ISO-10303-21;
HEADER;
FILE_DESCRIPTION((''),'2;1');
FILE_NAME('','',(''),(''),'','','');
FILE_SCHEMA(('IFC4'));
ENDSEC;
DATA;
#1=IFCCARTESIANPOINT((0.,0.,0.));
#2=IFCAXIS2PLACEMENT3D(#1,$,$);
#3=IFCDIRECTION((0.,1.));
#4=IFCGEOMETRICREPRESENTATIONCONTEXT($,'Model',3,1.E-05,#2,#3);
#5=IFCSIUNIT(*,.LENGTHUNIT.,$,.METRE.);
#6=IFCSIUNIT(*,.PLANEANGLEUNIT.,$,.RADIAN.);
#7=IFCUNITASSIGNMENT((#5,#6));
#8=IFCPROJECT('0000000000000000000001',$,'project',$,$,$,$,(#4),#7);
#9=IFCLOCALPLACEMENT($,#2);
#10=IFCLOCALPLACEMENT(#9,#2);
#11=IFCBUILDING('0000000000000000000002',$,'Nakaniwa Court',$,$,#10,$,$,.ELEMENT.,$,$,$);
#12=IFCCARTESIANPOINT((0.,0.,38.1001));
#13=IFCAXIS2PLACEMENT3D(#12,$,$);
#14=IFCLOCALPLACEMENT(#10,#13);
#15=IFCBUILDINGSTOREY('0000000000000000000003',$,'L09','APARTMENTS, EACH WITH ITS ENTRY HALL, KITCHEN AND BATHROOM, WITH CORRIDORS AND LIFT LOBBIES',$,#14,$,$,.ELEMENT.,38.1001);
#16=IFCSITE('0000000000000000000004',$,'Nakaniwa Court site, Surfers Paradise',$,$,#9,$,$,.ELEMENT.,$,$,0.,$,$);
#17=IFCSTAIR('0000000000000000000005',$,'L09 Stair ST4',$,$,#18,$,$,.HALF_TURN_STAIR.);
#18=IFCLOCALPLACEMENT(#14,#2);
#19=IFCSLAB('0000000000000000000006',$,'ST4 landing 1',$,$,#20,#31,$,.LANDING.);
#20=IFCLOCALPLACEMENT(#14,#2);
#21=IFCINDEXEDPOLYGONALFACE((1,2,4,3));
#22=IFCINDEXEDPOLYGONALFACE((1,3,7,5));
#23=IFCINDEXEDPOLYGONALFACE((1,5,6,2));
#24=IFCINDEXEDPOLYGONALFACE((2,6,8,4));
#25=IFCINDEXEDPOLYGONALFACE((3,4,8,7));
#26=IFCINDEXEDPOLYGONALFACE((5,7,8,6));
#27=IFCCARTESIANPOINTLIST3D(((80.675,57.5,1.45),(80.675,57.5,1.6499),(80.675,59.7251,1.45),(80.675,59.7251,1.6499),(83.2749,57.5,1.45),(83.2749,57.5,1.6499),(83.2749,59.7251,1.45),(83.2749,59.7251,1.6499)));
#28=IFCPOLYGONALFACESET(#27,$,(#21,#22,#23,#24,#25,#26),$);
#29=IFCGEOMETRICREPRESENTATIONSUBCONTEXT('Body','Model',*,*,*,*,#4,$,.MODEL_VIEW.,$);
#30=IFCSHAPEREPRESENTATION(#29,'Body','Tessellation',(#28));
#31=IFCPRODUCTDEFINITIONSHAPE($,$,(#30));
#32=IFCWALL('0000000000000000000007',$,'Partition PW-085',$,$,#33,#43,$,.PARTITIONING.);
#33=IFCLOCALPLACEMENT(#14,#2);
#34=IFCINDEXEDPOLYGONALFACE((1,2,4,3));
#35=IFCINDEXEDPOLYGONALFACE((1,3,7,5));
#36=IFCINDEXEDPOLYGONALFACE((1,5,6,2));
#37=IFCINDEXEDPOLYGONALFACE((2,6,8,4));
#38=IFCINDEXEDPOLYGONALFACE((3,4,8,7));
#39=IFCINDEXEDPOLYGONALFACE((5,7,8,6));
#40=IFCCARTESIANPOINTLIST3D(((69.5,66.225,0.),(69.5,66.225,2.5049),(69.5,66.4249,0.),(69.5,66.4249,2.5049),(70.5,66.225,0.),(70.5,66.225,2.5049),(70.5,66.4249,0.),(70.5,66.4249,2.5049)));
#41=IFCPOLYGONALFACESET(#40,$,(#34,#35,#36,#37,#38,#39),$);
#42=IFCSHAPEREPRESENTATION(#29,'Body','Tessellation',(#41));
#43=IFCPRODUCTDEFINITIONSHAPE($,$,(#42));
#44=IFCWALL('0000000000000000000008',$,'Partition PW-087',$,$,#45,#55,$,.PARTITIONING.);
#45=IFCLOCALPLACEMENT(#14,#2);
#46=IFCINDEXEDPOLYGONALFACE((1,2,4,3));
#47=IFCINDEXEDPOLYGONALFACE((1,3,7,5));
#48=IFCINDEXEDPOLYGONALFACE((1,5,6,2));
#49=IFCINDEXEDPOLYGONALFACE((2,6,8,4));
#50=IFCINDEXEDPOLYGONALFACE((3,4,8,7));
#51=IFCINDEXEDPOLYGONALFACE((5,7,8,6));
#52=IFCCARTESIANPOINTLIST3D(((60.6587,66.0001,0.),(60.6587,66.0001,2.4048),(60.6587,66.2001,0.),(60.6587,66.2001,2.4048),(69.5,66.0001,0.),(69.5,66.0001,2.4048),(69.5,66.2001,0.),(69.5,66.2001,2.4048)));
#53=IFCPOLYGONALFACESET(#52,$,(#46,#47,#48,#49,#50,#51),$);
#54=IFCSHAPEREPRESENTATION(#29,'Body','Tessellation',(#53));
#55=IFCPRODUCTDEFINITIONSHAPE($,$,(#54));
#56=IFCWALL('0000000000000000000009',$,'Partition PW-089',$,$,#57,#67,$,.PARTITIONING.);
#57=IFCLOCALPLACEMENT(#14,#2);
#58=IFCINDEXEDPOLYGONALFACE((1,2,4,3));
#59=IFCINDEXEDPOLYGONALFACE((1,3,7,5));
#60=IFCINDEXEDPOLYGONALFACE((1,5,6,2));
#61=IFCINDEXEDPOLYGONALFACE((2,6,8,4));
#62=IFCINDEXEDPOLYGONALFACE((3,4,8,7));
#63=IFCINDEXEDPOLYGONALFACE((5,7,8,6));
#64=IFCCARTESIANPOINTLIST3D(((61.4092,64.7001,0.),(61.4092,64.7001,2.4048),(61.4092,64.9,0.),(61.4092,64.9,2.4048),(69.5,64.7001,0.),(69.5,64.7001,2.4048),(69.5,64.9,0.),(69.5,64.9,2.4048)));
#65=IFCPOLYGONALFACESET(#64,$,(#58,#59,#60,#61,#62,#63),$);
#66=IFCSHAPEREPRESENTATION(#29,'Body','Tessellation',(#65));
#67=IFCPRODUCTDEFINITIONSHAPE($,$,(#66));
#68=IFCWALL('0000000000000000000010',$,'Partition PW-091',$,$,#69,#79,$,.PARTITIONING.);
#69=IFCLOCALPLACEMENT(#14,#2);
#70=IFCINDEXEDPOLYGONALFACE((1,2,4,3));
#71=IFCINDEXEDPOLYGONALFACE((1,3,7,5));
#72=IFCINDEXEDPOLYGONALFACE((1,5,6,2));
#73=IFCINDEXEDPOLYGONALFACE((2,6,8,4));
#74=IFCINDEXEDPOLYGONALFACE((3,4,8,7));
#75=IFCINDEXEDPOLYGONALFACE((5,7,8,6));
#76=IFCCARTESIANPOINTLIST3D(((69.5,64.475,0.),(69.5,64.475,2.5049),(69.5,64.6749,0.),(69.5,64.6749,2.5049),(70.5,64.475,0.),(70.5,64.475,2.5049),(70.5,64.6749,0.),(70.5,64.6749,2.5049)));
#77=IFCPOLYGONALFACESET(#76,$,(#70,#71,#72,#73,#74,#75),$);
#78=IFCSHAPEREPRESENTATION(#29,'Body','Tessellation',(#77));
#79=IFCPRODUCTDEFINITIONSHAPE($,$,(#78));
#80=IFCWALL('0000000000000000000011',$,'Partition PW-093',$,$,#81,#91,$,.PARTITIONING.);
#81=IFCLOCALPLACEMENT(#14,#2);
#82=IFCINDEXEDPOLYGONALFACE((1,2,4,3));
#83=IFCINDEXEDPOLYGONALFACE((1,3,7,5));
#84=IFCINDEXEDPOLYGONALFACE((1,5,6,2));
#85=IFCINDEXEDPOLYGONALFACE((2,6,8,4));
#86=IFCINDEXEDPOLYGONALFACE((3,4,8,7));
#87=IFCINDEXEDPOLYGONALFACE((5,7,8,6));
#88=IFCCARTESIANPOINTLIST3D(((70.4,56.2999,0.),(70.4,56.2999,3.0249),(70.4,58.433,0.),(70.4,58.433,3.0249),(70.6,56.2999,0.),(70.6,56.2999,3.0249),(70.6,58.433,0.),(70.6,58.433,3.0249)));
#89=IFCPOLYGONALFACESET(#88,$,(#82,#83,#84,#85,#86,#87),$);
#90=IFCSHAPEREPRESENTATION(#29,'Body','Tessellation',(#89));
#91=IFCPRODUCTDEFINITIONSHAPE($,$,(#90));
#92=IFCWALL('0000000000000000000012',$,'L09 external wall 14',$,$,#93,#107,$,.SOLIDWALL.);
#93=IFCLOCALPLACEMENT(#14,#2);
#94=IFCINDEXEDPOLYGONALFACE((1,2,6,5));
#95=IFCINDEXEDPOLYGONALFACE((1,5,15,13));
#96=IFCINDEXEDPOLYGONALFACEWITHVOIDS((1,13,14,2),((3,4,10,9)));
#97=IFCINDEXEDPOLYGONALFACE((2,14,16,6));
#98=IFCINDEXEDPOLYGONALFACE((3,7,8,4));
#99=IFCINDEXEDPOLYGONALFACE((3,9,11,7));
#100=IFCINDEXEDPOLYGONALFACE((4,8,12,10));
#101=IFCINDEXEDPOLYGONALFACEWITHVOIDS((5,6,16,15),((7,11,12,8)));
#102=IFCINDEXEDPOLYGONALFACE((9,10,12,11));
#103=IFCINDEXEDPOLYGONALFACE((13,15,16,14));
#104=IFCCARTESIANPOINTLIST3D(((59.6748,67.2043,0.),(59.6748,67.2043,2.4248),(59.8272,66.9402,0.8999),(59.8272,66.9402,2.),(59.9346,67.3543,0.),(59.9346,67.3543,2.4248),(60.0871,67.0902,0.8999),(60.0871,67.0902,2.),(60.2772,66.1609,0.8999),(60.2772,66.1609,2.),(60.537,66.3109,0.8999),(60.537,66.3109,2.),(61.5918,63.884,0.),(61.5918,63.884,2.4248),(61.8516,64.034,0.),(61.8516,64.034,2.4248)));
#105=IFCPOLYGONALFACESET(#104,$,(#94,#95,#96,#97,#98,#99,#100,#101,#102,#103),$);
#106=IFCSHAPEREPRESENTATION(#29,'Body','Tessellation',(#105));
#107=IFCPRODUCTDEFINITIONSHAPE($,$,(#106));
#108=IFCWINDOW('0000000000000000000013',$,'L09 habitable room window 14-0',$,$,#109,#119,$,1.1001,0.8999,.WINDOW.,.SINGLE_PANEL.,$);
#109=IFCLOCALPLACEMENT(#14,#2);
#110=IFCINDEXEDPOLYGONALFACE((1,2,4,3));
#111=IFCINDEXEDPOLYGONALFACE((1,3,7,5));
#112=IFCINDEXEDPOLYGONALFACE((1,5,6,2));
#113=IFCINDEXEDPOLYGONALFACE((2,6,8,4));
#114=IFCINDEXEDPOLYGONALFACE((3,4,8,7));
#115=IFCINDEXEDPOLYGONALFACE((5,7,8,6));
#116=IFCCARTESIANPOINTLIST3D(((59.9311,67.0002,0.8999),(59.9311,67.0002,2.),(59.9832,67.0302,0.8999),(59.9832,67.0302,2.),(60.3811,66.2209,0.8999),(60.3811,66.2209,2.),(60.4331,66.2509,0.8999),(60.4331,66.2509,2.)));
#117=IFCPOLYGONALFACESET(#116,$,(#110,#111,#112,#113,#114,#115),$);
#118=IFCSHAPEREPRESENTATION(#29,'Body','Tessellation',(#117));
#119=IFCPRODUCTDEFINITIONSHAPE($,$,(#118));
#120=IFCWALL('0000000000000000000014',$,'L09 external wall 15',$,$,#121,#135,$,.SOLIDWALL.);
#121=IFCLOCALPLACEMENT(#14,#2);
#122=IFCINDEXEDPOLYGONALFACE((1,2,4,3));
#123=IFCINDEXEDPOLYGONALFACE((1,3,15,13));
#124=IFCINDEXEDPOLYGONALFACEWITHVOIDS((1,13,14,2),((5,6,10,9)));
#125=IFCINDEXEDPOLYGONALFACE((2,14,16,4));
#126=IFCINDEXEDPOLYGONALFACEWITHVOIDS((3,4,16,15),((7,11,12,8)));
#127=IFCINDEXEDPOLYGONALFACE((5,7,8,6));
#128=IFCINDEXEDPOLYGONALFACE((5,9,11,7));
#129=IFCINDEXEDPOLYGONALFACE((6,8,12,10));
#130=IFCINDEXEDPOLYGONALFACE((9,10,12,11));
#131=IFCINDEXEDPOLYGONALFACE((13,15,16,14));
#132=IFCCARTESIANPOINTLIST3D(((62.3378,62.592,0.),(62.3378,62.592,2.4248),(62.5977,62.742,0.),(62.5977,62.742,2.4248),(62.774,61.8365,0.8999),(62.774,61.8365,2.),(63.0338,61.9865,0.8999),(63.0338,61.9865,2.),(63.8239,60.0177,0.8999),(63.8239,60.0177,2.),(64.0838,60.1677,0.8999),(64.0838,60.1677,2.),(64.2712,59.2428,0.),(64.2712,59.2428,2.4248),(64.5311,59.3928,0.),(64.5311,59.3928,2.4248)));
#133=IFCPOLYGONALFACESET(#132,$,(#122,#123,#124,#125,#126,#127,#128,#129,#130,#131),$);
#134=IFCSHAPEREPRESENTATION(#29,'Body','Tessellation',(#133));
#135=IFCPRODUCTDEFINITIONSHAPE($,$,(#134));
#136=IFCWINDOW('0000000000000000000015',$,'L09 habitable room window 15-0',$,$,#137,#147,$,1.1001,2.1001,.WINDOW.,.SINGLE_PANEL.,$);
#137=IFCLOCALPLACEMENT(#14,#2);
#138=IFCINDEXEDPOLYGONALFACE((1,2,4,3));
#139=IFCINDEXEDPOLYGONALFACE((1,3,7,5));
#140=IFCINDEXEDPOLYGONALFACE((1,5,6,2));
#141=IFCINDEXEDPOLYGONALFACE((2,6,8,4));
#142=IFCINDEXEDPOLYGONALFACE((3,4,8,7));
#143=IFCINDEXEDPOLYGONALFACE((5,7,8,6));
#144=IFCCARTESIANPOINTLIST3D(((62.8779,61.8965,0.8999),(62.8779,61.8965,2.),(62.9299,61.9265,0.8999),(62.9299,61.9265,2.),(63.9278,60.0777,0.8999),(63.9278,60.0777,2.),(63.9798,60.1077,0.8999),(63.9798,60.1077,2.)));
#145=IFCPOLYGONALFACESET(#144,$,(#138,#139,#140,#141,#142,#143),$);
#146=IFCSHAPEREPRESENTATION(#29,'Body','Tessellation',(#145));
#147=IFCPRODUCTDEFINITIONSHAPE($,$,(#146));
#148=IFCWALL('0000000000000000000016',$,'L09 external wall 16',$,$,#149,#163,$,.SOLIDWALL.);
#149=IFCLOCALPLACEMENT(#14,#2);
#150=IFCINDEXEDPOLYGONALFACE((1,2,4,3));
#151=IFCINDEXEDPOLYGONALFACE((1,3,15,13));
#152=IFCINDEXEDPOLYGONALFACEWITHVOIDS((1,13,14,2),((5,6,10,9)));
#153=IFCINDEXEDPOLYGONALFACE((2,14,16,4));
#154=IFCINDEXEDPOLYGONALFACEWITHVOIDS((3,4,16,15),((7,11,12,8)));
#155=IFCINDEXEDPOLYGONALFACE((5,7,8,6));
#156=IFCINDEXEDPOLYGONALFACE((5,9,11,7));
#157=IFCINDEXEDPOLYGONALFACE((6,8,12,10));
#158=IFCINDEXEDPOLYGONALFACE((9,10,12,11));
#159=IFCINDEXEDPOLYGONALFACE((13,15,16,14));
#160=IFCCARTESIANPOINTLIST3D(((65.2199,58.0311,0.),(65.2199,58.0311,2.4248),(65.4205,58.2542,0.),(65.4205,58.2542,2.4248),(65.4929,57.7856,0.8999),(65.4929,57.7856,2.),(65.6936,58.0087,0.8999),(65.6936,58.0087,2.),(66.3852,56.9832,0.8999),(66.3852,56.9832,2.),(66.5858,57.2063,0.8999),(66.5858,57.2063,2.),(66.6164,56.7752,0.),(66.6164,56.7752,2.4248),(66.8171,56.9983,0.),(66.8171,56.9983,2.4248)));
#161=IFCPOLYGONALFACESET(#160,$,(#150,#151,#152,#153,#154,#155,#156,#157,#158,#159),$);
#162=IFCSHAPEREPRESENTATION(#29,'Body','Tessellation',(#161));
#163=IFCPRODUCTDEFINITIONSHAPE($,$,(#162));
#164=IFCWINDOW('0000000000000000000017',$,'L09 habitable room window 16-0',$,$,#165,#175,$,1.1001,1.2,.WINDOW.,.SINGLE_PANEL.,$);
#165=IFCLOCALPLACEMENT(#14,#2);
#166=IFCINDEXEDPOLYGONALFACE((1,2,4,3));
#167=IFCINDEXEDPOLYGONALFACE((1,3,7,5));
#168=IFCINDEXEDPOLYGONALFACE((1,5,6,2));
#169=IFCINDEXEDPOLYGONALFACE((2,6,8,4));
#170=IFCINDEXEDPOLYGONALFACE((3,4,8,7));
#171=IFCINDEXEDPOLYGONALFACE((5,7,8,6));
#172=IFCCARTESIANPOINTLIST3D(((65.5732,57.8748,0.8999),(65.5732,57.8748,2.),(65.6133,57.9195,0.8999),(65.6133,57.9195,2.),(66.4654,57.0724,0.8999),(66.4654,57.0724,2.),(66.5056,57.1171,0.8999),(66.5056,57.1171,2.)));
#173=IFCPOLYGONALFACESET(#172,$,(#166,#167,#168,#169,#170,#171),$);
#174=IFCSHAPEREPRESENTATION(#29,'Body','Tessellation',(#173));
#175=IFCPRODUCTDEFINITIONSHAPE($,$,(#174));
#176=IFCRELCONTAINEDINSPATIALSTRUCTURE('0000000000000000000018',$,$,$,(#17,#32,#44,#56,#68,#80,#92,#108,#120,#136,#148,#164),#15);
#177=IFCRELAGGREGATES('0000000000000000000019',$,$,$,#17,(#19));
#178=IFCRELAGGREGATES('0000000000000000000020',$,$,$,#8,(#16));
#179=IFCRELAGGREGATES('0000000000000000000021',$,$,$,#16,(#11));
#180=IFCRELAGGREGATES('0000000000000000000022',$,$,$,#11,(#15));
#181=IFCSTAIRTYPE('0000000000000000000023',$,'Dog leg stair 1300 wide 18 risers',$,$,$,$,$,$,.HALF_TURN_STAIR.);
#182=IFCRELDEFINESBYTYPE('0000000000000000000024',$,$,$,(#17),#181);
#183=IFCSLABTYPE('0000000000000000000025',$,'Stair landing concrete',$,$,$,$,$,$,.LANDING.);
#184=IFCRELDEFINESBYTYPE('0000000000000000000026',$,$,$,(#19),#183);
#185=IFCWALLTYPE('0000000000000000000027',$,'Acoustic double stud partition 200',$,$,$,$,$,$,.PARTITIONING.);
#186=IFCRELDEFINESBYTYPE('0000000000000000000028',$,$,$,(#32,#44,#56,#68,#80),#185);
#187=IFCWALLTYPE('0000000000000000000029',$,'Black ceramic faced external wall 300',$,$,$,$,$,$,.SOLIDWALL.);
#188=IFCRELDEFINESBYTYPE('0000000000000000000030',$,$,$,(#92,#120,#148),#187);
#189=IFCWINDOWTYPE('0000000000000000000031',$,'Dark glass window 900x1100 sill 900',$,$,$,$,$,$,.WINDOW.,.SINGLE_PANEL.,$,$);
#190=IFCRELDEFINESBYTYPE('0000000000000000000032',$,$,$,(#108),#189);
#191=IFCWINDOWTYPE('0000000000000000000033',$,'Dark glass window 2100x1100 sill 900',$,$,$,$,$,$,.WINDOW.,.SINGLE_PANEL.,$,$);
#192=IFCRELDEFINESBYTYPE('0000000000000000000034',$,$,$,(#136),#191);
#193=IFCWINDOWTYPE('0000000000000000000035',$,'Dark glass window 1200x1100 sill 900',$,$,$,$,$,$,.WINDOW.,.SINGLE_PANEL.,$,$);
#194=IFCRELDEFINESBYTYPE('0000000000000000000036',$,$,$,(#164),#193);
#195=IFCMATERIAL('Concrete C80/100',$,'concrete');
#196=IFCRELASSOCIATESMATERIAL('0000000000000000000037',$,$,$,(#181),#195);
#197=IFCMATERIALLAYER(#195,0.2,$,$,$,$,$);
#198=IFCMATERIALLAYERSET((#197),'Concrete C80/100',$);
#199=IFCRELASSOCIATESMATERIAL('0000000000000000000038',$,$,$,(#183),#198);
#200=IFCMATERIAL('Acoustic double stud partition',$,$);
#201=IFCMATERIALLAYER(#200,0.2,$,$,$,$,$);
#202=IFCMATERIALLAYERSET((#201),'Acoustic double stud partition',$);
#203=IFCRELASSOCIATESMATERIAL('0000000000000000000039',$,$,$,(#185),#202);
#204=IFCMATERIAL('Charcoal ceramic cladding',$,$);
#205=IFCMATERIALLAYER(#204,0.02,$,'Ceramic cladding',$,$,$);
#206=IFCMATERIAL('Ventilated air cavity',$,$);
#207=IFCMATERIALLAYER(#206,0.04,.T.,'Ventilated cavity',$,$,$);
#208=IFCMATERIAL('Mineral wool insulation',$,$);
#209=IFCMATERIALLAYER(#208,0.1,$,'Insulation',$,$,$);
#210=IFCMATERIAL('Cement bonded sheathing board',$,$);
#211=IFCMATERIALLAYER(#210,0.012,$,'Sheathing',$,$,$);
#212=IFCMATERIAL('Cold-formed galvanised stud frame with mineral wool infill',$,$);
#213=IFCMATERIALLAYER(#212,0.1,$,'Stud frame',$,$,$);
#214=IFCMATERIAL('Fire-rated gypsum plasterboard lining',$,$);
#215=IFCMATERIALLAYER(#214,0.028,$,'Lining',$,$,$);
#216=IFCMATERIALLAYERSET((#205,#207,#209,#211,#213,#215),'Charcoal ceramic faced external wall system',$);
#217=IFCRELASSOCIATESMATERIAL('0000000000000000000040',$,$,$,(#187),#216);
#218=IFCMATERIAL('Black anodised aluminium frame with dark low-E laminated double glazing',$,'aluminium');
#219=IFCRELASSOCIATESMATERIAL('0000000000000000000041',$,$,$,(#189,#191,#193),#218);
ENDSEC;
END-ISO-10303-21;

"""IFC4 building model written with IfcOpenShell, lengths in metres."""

from ifc_helpers import new_model, si_unit, direction, frame, frame_2d, origin, place, context, subcontext, project, spatial, polyline, rectangle, outline, extrude, material, layer, layer_set, type_object, element, fill, aggregate, save


model = new_model("IFC4")

# Units and contexts
model_context = context("Model", 3, precision=1e-05, world=origin(), true_north=direction((0.0, 1.0)))
body_context = subcontext(model_context, "Body", "Model", "MODEL_VIEW")
ifc_project = project(units=[si_unit("LENGTHUNIT", "METRE"), si_unit("PLANEANGLEUNIT", "RADIAN")], contexts=[model_context])

# Site, building, storey
site_placement = place(None, origin())
site = spatial("IfcSite", under=ifc_project, at=site_placement, Name="Nakaniwa Court site, Surfers Paradise", CompositionType="ELEMENT", RefElevation=0.0)
building_placement = place(site_placement, origin())
building = spatial("IfcBuilding", under=site, at=building_placement, Name="Nakaniwa Court", CompositionType="ELEMENT")
storey_placement = place(building_placement, frame((0.0, 0.0, 38.1001)))
storey = spatial("IfcBuildingStorey", under=building, at=storey_placement, Name="L09", Description="APARTMENTS, EACH WITH ITS ENTRY HALL, KITCHEN AND BATHROOM, WITH CORRIDORS AND LIFT LOBBIES", CompositionType="ELEMENT", Elevation=38.1001)

# Stair, slab
ifc_material_1 = material(Name="Concrete C80/100", Category="concrete")
stair_type = type_object("IfcStairType", Name="Dog leg stair 1300 wide 18 risers", PredefinedType="HALF_TURN_STAIR", material=ifc_material_1)
ifc_layer_1 = layer(ifc_material_1, 0.2)
ifc_layer_set_1 = layer_set([ifc_layer_1], Name="Concrete C80/100")
slab_type_1 = type_object("IfcSlabType", Name="Stair landing concrete", PredefinedType="LANDING", material=ifc_layer_set_1)
stair_1_placement = place(storey_placement, origin())
stair_1 = element("IfcStair", 1, at=stair_1_placement, inside=storey, type_object=stair_type, Name="L09 Stair ST4", PredefinedType="HALF_TURN_STAIR")
slab_1_placement = place(storey_placement, frame((0.0, 0.0, 1.45)))
slab_1 = element("IfcSlab", 2, at=slab_1_placement, type_object=slab_type_1, Name="ST4 landing 1", PredefinedType="LANDING", context=body_context, shape_type="SweptSolid", body=[
    extrude(outline(polyline([(83.2749, 57.5), (83.2749, 59.7251), (80.675, 59.7251), (80.675, 57.5), (83.2749, 57.5)])), origin(), (0.0, 0.0, 1.0), 0.2),
])
aggregate(stair_1, [slab_1])

# Walls
ifc_material_2 = material(Name="Acoustic double stud partition")
ifc_layer_2 = layer(ifc_material_2, 0.2)
ifc_layer_set_2 = layer_set([ifc_layer_2], Name="Acoustic double stud partition")
wall_type_1 = type_object("IfcWallType", Name="Acoustic double stud partition 200", PredefinedType="PARTITIONING", material=ifc_layer_set_2)
wall_1_placement = place(storey_placement, frame((69.5, 66.325, 0.0), z_axis=(0.0, 0.0, 1.0), x_axis=(1.0, 0.0, 0.0)))
element("IfcWall", 3, at=wall_1_placement, inside=storey, type_object=wall_type_1, Name="Partition PW-085", PredefinedType="PARTITIONING", context=body_context, shape_type="SweptSolid", body=[
    extrude(rectangle(XDim=1.0, YDim=0.2, at=frame_2d((0.5, 0.0))), origin(), (0.0, 0.0, 1.0), 2.5049),
])
wall_2_placement = place(storey_placement, frame((60.6587, 66.1001, 0.0), z_axis=(0.0, 0.0, 1.0), x_axis=(1.0, 0.0, 0.0)))
element("IfcWall", 4, at=wall_2_placement, inside=storey, type_object=wall_type_1, Name="Partition PW-087", PredefinedType="PARTITIONING", context=body_context, shape_type="SweptSolid", body=[
    extrude(rectangle(XDim=8.8413, YDim=0.2, at=frame_2d((4.4207, 0.0))), origin(), (0.0, 0.0, 1.0), 2.4048),
])
wall_3_placement = place(storey_placement, frame((61.4092, 64.8, 0.0), z_axis=(0.0, 0.0, 1.0), x_axis=(1.0, 0.0, 0.0)))
element("IfcWall", 5, at=wall_3_placement, inside=storey, type_object=wall_type_1, Name="Partition PW-089", PredefinedType="PARTITIONING", context=body_context, shape_type="SweptSolid", body=[
    extrude(rectangle(XDim=8.0908, YDim=0.2, at=frame_2d((4.0454, 0.0))), origin(), (0.0, 0.0, 1.0), 2.4048),
])
wall_4_placement = place(storey_placement, frame((69.5, 64.575, 0.0), z_axis=(0.0, 0.0, 1.0), x_axis=(1.0, 0.0, 0.0)))
element("IfcWall", 6, at=wall_4_placement, inside=storey, type_object=wall_type_1, Name="Partition PW-091", PredefinedType="PARTITIONING", context=body_context, shape_type="SweptSolid", body=[
    extrude(rectangle(XDim=1.0, YDim=0.2, at=frame_2d((0.5, 0.0))), origin(), (0.0, 0.0, 1.0), 2.5049),
])
wall_5_placement = place(storey_placement, frame((70.5, 56.3, 0.0), z_axis=(0.0, 0.0, 1.0), x_axis=(0.0, 1.0, 0.0)))
element("IfcWall", 7, at=wall_5_placement, inside=storey, type_object=wall_type_1, Name="Partition PW-093", PredefinedType="PARTITIONING", context=body_context, shape_type="SweptSolid", body=[
    extrude(rectangle(XDim=2.1331, YDim=0.2, at=frame_2d((1.0664, 0.0))), origin(), (0.0, 0.0, 1.0), 3.0249),
])

# Walls, openings, windows
ifc_material_3 = material(Name="Charcoal ceramic cladding")
ifc_layer_3 = layer(ifc_material_3, 0.02, Name="Ceramic cladding")
ifc_material_4 = material(Name="Ventilated air cavity")
ifc_layer_4 = layer(ifc_material_4, 0.04, ventilated=True, Name="Ventilated cavity")
ifc_material_5 = material(Name="Mineral wool insulation")
ifc_layer_5 = layer(ifc_material_5, 0.1, Name="Insulation")
ifc_material_6 = material(Name="Cement bonded sheathing board")
ifc_layer_6 = layer(ifc_material_6, 0.012, Name="Sheathing")
ifc_material_7 = material(Name="Cold-formed galvanised stud frame with mineral wool infill")
ifc_layer_7 = layer(ifc_material_7, 0.1, Name="Stud frame")
ifc_material_8 = material(Name="Fire-rated gypsum plasterboard lining")
ifc_layer_8 = layer(ifc_material_8, 0.028, Name="Lining")
ifc_layer_set_3 = layer_set([ifc_layer_3, ifc_layer_4, ifc_layer_5, ifc_layer_6, ifc_layer_7, ifc_layer_8], Name="Charcoal ceramic faced external wall system")
wall_type_2 = type_object("IfcWallType", Name="Black ceramic faced external wall 300", PredefinedType="SOLIDWALL", material=ifc_layer_set_3)
wall_6_placement = place(storey_placement, frame((59.8047, 67.2793, 0.0), z_axis=(0.0, 0.0, 1.0), x_axis=(0.500002, -0.866024, 0.0)))
wall_6 = element("IfcWall", 8, at=wall_6_placement, inside=storey, type_object=wall_type_2, Name="L09 external wall 14", PredefinedType="SOLIDWALL", context=body_context, shape_type="SweptSolid", body=[
    extrude(rectangle(XDim=3.834, YDim=0.3, at=frame_2d((1.917, 0.0))), origin(), (0.0, 0.0, 1.0), 2.4248),
])
opening_1_placement = place(wall_6_placement, frame((0.3049, 0.0, 0.8999)))
opening_1 = element("IfcOpeningElement", 9, at=opening_1_placement, cuts=wall_6, PredefinedType="OPENING", context=body_context, shape_type="SweptSolid", body=[
    extrude(rectangle(XDim=0.8999, YDim=1.1001, at=frame_2d((0.45, 0.55))), frame((0.0, 0.1599, 0.0), z_axis=(0.0, -1.0, 0.0), x_axis=(1.0, 0.0, 0.0)), (0.0, 0.0, 1.0), 0.3201),
])
ifc_material_9 = material(Name="Black anodised aluminium frame with dark low-E laminated double glazing", Category="aluminium")
window_type_1 = type_object("IfcWindowType", Name="Dark glass window 900x1100 sill 900", PartitioningType="SINGLE_PANEL", PredefinedType="WINDOW", material=ifc_material_9)
window_1_placement = place(opening_1_placement, origin())
window_1 = element("IfcWindow", 10, at=window_1_placement, inside=storey, type_object=window_type_1, Name="L09 habitable room window 14-0", OverallHeight=1.1001, OverallWidth=0.8999, PartitioningType="SINGLE_PANEL", PredefinedType="WINDOW", context=body_context, shape_type="SweptSolid", body=[
    extrude(rectangle(XDim=0.8999, YDim=1.1001, at=frame_2d((0.45, 0.55))), frame((0.0, 0.03, 0.0), z_axis=(0.0, -1.0, 0.0), x_axis=(1.0, 0.0, 0.0)), (0.0, 0.0, 1.0), 0.0601),
])
fill(opening_1, window_1)
wall_7_placement = place(storey_placement, frame((62.4678, 62.667, 0.0), z_axis=(0.0, 0.0, 1.0), x_axis=(0.499948, -0.866055, 0.0)))
wall_7 = element("IfcWall", 11, at=wall_7_placement, inside=storey, type_object=wall_type_2, Name="L09 external wall 15", PredefinedType="SOLIDWALL", context=body_context, shape_type="SweptSolid", body=[
    extrude(rectangle(XDim=3.8672, YDim=0.3, at=frame_2d((1.9336, 0.0))), origin(), (0.0, 0.0, 1.0), 2.4248),
])
opening_2_placement = place(wall_7_placement, frame((0.8723, 0.0, 0.8999)))
opening_2 = element("IfcOpeningElement", 12, at=opening_2_placement, cuts=wall_7, PredefinedType="OPENING", context=body_context, shape_type="SweptSolid", body=[
    extrude(rectangle(XDim=2.1001, YDim=1.1001, at=frame_2d((1.05, 0.55))), frame((0.0, 0.1599, 0.0), z_axis=(0.0, -1.0, 0.0), x_axis=(1.0, 0.0, 0.0)), (0.0, 0.0, 1.0), 0.3201),
])
window_type_2 = type_object("IfcWindowType", Name="Dark glass window 2100x1100 sill 900", PartitioningType="SINGLE_PANEL", PredefinedType="WINDOW", material=ifc_material_9)
window_2_placement = place(opening_2_placement, origin())
window_2 = element("IfcWindow", 13, at=window_2_placement, inside=storey, type_object=window_type_2, Name="L09 habitable room window 15-0", OverallHeight=1.1001, OverallWidth=2.1001, PartitioningType="SINGLE_PANEL", PredefinedType="WINDOW", context=body_context, shape_type="SweptSolid", body=[
    extrude(rectangle(XDim=2.1001, YDim=1.1001, at=frame_2d((1.05, 0.55))), frame((0.0, 0.03, 0.0), z_axis=(0.0, -1.0, 0.0), x_axis=(1.0, 0.0, 0.0)), (0.0, 0.0, 1.0), 0.0601),
])
fill(opening_2, window_2)
wall_8_placement = place(storey_placement, frame((65.3203, 58.1426, 0.0), z_axis=(0.0, 0.0, 1.0), x_axis=(0.743553, -0.668677, 0.0)))
wall_8 = element("IfcWall", 14, at=wall_8_placement, inside=storey, type_object=wall_type_2, Name="L09 external wall 16", PredefinedType="SOLIDWALL", context=body_context, shape_type="SweptSolid", body=[
    extrude(rectangle(XDim=1.8782, YDim=0.3, at=frame_2d((0.939, 0.0))), origin(), (0.0, 0.0, 1.0), 2.4248),
])
opening_3_placement = place(wall_8_placement, frame((0.3669, 0.0, 0.8999)))
opening_3 = element("IfcOpeningElement", 15, at=opening_3_placement, cuts=wall_8, PredefinedType="OPENING", context=body_context, shape_type="SweptSolid", body=[
    extrude(rectangle(XDim=1.2, YDim=1.1001, at=frame_2d((0.6001, 0.55))), frame((0.0, 0.1599, 0.0), z_axis=(0.0, -1.0, 0.0), x_axis=(1.0, 0.0, 0.0)), (0.0, 0.0, 1.0), 0.3201),
])
window_type_3 = type_object("IfcWindowType", Name="Dark glass window 1200x1100 sill 900", PartitioningType="SINGLE_PANEL", PredefinedType="WINDOW", material=ifc_material_9)
window_3_placement = place(opening_3_placement, origin())
window_3 = element("IfcWindow", 16, at=window_3_placement, inside=storey, type_object=window_type_3, Name="L09 habitable room window 16-0", OverallHeight=1.1001, OverallWidth=1.2, PartitioningType="SINGLE_PANEL", PredefinedType="WINDOW", context=body_context, shape_type="SweptSolid", body=[
    extrude(rectangle(XDim=1.2, YDim=1.1001, at=frame_2d((0.6001, 0.55))), frame((0.0, 0.03, 0.0), z_axis=(0.0, -1.0, 0.0), x_axis=(1.0, 0.0, 0.0)), (0.0, 0.0, 1.0), 0.0601),
])
fill(opening_3, window_3)

save(model, "model.ifc")
